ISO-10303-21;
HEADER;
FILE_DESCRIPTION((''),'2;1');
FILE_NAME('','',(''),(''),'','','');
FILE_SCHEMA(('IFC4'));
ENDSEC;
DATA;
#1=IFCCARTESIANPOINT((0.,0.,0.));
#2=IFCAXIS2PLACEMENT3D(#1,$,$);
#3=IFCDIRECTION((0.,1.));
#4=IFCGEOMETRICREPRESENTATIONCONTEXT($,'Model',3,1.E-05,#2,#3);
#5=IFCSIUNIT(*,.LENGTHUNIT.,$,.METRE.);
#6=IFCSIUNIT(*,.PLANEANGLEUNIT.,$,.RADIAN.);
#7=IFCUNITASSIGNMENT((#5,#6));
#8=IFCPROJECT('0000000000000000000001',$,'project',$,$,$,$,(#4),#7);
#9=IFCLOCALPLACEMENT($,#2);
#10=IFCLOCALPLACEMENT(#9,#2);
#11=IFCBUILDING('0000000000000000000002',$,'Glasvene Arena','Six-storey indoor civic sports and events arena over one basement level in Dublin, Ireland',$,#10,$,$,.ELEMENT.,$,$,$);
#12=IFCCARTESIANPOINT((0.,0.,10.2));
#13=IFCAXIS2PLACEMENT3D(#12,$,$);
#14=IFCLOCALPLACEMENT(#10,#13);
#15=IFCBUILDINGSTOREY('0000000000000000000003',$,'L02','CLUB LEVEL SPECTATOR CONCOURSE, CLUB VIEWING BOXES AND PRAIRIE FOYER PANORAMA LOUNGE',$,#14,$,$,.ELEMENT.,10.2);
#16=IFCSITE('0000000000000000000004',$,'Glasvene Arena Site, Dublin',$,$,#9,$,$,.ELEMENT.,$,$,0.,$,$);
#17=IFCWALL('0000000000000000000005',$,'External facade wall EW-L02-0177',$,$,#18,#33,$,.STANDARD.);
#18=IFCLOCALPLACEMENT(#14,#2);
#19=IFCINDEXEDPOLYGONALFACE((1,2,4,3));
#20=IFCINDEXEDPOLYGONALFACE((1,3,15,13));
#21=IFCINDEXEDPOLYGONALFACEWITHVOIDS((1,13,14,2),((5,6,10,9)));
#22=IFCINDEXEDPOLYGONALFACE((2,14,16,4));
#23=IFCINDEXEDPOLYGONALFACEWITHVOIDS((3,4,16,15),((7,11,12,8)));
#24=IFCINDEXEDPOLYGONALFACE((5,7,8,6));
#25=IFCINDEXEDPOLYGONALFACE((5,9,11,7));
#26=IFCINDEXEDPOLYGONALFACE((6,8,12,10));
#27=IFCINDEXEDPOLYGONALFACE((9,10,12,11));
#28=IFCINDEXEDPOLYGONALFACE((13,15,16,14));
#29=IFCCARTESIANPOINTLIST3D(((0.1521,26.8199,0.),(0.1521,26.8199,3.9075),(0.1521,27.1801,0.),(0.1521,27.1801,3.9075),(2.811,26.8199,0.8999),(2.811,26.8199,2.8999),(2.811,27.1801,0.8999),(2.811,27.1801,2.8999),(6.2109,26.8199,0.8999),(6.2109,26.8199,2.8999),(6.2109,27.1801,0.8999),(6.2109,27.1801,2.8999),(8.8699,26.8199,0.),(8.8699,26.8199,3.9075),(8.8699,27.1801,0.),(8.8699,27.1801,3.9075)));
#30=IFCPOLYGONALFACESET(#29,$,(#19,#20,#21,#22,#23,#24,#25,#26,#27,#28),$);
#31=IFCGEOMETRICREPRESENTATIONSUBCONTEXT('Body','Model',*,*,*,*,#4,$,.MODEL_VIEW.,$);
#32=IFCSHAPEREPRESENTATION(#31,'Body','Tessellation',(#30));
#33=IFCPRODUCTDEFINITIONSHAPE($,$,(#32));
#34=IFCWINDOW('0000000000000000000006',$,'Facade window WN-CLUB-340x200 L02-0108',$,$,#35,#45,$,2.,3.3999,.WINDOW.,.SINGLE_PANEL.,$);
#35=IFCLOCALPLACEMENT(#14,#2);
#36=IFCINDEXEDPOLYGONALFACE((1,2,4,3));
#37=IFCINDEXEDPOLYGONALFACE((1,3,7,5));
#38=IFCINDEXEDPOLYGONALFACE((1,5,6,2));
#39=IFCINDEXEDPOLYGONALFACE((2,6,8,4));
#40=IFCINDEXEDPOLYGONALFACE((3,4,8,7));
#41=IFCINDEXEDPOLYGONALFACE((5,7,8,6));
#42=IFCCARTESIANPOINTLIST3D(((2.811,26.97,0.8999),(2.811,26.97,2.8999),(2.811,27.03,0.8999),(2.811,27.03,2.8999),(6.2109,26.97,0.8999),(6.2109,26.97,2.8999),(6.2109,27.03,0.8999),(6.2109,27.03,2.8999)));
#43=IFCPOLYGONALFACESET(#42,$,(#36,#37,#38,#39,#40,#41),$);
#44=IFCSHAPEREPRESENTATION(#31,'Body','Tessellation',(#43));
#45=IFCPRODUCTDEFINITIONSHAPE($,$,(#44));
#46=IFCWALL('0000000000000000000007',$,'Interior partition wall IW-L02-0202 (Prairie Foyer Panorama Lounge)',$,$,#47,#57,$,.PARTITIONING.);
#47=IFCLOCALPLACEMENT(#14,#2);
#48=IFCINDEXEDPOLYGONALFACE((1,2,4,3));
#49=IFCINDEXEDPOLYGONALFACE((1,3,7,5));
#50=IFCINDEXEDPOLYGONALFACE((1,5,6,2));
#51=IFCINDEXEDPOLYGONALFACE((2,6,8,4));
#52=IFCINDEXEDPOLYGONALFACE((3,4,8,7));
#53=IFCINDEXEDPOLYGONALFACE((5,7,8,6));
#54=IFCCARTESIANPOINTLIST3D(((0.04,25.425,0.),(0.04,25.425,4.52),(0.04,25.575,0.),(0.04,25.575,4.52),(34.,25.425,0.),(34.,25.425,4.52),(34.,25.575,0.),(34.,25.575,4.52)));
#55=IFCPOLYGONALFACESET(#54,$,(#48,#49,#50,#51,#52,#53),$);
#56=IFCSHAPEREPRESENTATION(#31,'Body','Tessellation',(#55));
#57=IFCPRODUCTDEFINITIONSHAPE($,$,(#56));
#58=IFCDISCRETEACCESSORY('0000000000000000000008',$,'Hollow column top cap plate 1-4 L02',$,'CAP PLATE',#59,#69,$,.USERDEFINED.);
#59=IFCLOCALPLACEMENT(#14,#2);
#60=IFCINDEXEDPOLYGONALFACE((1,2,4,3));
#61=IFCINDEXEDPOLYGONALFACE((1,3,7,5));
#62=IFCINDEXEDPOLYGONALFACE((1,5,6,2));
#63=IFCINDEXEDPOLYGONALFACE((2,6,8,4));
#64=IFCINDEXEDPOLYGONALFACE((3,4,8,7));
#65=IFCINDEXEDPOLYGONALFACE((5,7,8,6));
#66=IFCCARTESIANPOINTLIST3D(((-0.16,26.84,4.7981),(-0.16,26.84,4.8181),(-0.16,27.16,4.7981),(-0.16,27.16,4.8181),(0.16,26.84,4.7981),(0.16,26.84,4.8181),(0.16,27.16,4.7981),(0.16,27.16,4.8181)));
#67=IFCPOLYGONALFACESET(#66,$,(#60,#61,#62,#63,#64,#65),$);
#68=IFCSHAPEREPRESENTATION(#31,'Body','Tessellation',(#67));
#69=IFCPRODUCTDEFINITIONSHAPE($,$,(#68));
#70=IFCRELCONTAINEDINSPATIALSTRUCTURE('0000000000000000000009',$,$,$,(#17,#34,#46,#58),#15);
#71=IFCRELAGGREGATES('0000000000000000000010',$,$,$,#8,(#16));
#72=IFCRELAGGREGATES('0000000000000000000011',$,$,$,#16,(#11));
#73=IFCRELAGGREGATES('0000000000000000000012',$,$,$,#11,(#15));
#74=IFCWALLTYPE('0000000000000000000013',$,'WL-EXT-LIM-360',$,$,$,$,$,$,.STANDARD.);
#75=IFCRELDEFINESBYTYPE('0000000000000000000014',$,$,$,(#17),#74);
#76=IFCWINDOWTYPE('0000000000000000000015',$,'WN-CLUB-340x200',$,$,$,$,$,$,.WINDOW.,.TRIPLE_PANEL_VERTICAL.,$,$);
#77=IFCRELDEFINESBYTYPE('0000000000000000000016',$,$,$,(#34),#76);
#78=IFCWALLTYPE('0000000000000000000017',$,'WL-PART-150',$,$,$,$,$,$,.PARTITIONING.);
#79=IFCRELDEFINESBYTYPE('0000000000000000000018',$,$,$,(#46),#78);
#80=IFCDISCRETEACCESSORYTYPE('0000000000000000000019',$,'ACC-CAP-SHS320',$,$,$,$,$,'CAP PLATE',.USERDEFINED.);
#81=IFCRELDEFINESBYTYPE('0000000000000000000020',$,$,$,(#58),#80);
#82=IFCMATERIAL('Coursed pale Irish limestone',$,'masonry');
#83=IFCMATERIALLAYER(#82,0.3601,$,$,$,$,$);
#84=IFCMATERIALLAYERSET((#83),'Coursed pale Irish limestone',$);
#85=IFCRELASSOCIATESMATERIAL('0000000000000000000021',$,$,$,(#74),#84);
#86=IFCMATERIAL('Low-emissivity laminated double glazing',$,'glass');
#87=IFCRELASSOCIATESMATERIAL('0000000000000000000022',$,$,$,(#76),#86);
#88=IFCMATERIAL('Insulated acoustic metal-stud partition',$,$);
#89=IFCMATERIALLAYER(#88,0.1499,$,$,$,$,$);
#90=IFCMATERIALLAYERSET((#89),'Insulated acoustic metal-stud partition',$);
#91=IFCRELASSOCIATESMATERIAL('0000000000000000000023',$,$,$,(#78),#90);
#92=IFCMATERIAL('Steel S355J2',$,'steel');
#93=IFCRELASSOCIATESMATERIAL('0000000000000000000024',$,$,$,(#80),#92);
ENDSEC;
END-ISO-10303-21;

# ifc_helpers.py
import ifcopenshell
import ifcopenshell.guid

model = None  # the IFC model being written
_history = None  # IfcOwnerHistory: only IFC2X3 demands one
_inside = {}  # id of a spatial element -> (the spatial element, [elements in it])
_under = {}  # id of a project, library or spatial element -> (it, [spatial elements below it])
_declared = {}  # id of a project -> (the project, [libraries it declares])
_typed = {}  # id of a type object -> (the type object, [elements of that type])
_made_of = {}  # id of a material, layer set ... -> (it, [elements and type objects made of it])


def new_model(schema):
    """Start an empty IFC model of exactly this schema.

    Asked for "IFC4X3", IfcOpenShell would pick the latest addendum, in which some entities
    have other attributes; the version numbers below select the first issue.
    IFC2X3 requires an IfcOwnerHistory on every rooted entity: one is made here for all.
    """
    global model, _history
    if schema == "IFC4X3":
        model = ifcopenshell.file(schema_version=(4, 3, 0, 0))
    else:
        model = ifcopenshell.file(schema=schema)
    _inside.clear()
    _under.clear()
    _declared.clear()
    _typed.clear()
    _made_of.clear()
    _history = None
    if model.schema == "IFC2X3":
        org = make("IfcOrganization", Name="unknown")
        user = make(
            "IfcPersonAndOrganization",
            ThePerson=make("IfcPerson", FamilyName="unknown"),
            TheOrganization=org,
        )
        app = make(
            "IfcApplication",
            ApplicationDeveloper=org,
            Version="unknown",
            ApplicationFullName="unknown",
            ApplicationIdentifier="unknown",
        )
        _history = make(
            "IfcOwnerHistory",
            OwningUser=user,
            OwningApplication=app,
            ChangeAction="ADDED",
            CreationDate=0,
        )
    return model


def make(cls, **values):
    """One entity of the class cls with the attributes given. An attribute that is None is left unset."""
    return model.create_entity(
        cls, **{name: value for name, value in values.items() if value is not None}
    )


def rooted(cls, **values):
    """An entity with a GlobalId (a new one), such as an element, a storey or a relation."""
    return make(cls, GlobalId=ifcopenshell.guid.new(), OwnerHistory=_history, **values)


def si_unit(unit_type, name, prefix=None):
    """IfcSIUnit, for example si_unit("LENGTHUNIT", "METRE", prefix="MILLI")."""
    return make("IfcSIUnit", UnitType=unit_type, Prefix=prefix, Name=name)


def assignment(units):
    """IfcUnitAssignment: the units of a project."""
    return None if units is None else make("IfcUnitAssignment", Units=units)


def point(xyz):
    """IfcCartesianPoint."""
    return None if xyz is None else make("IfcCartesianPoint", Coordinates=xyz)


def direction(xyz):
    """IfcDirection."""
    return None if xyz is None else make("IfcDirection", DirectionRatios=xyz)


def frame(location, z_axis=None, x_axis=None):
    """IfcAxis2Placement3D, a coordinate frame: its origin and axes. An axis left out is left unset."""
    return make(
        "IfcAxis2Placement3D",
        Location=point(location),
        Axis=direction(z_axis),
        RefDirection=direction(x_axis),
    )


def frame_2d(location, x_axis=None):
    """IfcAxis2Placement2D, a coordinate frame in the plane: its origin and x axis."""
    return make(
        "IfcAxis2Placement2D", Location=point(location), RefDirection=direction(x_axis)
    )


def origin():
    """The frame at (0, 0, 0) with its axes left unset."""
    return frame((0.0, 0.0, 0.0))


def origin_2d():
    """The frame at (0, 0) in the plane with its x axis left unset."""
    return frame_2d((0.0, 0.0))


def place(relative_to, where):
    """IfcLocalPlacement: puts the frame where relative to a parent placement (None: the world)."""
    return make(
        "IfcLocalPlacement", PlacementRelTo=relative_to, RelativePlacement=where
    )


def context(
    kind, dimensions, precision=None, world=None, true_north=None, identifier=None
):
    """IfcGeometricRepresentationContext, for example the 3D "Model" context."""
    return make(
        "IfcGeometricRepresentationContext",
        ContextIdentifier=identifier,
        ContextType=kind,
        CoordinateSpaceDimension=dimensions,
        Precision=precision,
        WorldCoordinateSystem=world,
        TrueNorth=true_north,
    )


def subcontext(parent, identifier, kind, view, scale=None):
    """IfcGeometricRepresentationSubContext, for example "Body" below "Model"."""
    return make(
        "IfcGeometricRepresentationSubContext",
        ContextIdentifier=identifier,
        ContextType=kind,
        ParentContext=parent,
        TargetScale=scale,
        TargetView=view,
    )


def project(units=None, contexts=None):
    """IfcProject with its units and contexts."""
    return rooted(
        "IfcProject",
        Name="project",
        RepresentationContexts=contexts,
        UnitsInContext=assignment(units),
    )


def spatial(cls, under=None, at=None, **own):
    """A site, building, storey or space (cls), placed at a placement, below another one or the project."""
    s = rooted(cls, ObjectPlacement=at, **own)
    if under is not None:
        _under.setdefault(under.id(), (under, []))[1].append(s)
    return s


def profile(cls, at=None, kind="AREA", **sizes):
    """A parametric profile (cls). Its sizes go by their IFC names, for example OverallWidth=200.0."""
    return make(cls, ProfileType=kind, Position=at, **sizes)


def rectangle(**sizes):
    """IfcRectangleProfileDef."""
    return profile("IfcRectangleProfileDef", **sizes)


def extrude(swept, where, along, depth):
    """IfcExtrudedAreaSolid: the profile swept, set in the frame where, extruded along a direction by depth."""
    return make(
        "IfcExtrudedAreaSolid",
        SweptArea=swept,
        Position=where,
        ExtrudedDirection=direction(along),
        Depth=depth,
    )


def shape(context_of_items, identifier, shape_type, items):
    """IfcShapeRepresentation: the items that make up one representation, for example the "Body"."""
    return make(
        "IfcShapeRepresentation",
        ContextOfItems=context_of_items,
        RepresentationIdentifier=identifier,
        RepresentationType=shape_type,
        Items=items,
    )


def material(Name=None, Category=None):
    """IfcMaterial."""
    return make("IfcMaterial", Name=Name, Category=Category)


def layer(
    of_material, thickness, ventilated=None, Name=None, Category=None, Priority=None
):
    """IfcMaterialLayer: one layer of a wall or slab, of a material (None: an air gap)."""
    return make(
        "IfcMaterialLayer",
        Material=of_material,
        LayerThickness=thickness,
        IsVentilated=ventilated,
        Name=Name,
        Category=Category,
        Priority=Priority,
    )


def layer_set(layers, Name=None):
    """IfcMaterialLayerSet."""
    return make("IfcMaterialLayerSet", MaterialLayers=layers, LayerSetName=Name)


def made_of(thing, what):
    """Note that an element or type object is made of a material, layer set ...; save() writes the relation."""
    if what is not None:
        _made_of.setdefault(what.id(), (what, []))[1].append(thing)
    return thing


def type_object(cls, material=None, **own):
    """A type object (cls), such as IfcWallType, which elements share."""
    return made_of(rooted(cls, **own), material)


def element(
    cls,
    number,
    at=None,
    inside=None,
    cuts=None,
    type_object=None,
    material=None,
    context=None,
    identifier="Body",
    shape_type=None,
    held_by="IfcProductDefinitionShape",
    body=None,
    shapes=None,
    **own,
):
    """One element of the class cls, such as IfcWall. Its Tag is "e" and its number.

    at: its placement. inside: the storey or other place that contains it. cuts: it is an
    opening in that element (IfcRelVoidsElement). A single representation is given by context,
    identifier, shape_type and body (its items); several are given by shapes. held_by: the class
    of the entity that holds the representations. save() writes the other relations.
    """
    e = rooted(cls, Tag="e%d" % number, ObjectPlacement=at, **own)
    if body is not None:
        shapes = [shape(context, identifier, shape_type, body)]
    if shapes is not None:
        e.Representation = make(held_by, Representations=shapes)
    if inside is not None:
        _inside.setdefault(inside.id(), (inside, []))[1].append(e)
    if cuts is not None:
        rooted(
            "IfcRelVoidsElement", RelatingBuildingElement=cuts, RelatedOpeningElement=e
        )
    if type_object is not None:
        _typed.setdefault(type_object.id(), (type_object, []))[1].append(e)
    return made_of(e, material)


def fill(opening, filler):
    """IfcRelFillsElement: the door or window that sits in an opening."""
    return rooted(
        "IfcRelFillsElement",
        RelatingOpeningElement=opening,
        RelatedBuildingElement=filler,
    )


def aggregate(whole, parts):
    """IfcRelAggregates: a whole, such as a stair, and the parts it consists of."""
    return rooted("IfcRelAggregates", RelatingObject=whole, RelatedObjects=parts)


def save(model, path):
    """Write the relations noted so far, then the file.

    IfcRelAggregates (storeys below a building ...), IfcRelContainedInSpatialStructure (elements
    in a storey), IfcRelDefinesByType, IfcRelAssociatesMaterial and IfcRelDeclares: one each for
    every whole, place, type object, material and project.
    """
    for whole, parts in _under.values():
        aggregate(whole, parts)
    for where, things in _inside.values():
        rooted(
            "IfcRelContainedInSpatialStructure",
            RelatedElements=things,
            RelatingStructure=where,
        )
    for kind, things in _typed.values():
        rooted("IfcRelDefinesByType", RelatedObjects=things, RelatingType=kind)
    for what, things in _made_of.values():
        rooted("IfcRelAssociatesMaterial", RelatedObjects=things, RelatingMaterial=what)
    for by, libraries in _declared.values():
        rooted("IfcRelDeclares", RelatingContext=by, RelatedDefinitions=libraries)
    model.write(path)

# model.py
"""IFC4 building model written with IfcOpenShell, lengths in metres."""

from ifc_helpers import new_model, si_unit, direction, frame, frame_2d, origin, origin_2d, place, context, subcontext, project, spatial, rectangle, extrude, material, layer, layer_set, type_object, element, fill, save


model = new_model("IFC4")

# Units and contexts
model_context = context("Model", 3, precision=1e-05, world=origin(), true_north=direction((0.0, 1.0)))
body_context = subcontext(model_context, "Body", "Model", "MODEL_VIEW")
ifc_project = project(units=[si_unit("LENGTHUNIT", "METRE"), si_unit("PLANEANGLEUNIT", "RADIAN")], contexts=[model_context])

# Site, building, storey
site_placement = place(None, origin())
site = spatial("IfcSite", under=ifc_project, at=site_placement, Name="Glasvene Arena Site, Dublin", CompositionType="ELEMENT", RefElevation=0.0)
building_placement = place(site_placement, origin())
building = spatial("IfcBuilding", under=site, at=building_placement, Name="Glasvene Arena", Description="Six-storey indoor civic sports and events arena over one basement level in Dublin, Ireland", CompositionType="ELEMENT")
storey_placement = place(building_placement, frame((0.0, 0.0, 10.2)))
storey = spatial("IfcBuildingStorey", under=building, at=storey_placement, Name="L02", Description="CLUB LEVEL SPECTATOR CONCOURSE, CLUB VIEWING BOXES AND PRAIRIE FOYER PANORAMA LOUNGE", CompositionType="ELEMENT", Elevation=10.2)

# Shared definitions
ifc_material_1 = material(Name="Steel S355J2", Category="steel")

# Shared definitions
ifc_material_2 = material(Name="Low-emissivity laminated double glazing", Category="glass")

# Wall, opening, window
ifc_material_3 = material(Name="Coursed pale Irish limestone", Category="masonry")
ifc_layer_1 = layer(ifc_material_3, 0.3601)
ifc_layer_set_1 = layer_set([ifc_layer_1], Name="Coursed pale Irish limestone")
wall_type_1 = type_object("IfcWallType", Name="WL-EXT-LIM-360", PredefinedType="STANDARD", material=ifc_layer_set_1)
wall_1_placement = place(storey_placement, frame((0.1521, 27.0, 0.0), z_axis=(0.0, 0.0, 1.0), x_axis=(1.0, 0.0, 0.0)))
wall_1 = element("IfcWall", 1, at=wall_1_placement, inside=storey, type_object=wall_type_1, Name="External facade wall EW-L02-0177", PredefinedType="STANDARD", context=body_context, shape_type="SweptSolid", body=[
    extrude(rectangle(XDim=8.7178, YDim=0.3601, at=frame_2d((4.3589, 0.0))), origin(), (0.0, 0.0, 1.0), 3.9075),
])
opening_placement = place(wall_1_placement, frame((2.6589, 0.0, 0.8999)))
opening = element("IfcOpeningElement", 2, at=opening_placement, cuts=wall_1, PredefinedType="OPENING", context=body_context, shape_type="SweptSolid", body=[
    extrude(rectangle(XDim=3.3999, YDim=2.0, at=frame_2d((1.7, 1.0))), frame((0.0, 0.1899, 0.0), z_axis=(0.0, -1.0, 0.0), x_axis=(1.0, 0.0, 0.0)), (0.0, 0.0, 1.0), 0.3801),
])
window_type = type_object("IfcWindowType", Name="WN-CLUB-340x200", PartitioningType="TRIPLE_PANEL_VERTICAL", PredefinedType="WINDOW", material=ifc_material_2)
window_placement = place(opening_placement, origin())
window = element("IfcWindow", 3, at=window_placement, inside=storey, type_object=window_type, Name="Facade window WN-CLUB-340x200 L02-0108", OverallHeight=2.0, OverallWidth=3.3999, PartitioningType="SINGLE_PANEL", PredefinedType="WINDOW", context=body_context, shape_type="SweptSolid", body=[
    extrude(rectangle(XDim=3.3999, YDim=2.0, at=frame_2d((1.7, 1.0))), frame((0.0, 0.03, 0.0), z_axis=(0.0, -1.0, 0.0), x_axis=(1.0, 0.0, 0.0)), (0.0, 0.0, 1.0), 0.0601),
])
fill(opening, window)

# Wall
ifc_material_4 = material(Name="Insulated acoustic metal-stud partition")
ifc_layer_2 = layer(ifc_material_4, 0.1499)
ifc_layer_set_2 = layer_set([ifc_layer_2], Name="Insulated acoustic metal-stud partition")
wall_type_2 = type_object("IfcWallType", Name="WL-PART-150", PredefinedType="PARTITIONING", material=ifc_layer_set_2)
wall_2_placement = place(storey_placement, frame((0.04, 25.5, 0.0), z_axis=(0.0, 0.0, 1.0), x_axis=(1.0, 0.0, 0.0)))
element("IfcWall", 4, at=wall_2_placement, inside=storey, type_object=wall_type_2, Name="Interior partition wall IW-L02-0202 (Prairie Foyer Panorama Lounge)", PredefinedType="PARTITIONING", context=body_context, shape_type="SweptSolid", body=[
    extrude(rectangle(XDim=33.96, YDim=0.1499, at=frame_2d((16.98, 0.0))), origin(), (0.0, 0.0, 1.0), 4.52),
])

# Discrete accessory
discrete_accessory_type = type_object("IfcDiscreteAccessoryType", Name="ACC-CAP-SHS320", ElementType="CAP PLATE", PredefinedType="USERDEFINED", material=ifc_material_1)
discrete_accessory_placement = place(storey_placement, frame((0.0, 27.0, 4.7981), z_axis=(0.0, 0.0, 1.0), x_axis=(1.0, 0.0, 0.0)))
element("IfcDiscreteAccessory", 5, at=discrete_accessory_placement, inside=storey, type_object=discrete_accessory_type, Name="Hollow column top cap plate 1-4 L02", ObjectType="CAP PLATE", PredefinedType="USERDEFINED", context=body_context, shape_type="SweptSolid", body=[
    extrude(rectangle(XDim=0.3201, YDim=0.3201, at=origin_2d()), origin(), (0.0, 0.0, 1.0), 0.02),
])

save(model, "model.ifc")
